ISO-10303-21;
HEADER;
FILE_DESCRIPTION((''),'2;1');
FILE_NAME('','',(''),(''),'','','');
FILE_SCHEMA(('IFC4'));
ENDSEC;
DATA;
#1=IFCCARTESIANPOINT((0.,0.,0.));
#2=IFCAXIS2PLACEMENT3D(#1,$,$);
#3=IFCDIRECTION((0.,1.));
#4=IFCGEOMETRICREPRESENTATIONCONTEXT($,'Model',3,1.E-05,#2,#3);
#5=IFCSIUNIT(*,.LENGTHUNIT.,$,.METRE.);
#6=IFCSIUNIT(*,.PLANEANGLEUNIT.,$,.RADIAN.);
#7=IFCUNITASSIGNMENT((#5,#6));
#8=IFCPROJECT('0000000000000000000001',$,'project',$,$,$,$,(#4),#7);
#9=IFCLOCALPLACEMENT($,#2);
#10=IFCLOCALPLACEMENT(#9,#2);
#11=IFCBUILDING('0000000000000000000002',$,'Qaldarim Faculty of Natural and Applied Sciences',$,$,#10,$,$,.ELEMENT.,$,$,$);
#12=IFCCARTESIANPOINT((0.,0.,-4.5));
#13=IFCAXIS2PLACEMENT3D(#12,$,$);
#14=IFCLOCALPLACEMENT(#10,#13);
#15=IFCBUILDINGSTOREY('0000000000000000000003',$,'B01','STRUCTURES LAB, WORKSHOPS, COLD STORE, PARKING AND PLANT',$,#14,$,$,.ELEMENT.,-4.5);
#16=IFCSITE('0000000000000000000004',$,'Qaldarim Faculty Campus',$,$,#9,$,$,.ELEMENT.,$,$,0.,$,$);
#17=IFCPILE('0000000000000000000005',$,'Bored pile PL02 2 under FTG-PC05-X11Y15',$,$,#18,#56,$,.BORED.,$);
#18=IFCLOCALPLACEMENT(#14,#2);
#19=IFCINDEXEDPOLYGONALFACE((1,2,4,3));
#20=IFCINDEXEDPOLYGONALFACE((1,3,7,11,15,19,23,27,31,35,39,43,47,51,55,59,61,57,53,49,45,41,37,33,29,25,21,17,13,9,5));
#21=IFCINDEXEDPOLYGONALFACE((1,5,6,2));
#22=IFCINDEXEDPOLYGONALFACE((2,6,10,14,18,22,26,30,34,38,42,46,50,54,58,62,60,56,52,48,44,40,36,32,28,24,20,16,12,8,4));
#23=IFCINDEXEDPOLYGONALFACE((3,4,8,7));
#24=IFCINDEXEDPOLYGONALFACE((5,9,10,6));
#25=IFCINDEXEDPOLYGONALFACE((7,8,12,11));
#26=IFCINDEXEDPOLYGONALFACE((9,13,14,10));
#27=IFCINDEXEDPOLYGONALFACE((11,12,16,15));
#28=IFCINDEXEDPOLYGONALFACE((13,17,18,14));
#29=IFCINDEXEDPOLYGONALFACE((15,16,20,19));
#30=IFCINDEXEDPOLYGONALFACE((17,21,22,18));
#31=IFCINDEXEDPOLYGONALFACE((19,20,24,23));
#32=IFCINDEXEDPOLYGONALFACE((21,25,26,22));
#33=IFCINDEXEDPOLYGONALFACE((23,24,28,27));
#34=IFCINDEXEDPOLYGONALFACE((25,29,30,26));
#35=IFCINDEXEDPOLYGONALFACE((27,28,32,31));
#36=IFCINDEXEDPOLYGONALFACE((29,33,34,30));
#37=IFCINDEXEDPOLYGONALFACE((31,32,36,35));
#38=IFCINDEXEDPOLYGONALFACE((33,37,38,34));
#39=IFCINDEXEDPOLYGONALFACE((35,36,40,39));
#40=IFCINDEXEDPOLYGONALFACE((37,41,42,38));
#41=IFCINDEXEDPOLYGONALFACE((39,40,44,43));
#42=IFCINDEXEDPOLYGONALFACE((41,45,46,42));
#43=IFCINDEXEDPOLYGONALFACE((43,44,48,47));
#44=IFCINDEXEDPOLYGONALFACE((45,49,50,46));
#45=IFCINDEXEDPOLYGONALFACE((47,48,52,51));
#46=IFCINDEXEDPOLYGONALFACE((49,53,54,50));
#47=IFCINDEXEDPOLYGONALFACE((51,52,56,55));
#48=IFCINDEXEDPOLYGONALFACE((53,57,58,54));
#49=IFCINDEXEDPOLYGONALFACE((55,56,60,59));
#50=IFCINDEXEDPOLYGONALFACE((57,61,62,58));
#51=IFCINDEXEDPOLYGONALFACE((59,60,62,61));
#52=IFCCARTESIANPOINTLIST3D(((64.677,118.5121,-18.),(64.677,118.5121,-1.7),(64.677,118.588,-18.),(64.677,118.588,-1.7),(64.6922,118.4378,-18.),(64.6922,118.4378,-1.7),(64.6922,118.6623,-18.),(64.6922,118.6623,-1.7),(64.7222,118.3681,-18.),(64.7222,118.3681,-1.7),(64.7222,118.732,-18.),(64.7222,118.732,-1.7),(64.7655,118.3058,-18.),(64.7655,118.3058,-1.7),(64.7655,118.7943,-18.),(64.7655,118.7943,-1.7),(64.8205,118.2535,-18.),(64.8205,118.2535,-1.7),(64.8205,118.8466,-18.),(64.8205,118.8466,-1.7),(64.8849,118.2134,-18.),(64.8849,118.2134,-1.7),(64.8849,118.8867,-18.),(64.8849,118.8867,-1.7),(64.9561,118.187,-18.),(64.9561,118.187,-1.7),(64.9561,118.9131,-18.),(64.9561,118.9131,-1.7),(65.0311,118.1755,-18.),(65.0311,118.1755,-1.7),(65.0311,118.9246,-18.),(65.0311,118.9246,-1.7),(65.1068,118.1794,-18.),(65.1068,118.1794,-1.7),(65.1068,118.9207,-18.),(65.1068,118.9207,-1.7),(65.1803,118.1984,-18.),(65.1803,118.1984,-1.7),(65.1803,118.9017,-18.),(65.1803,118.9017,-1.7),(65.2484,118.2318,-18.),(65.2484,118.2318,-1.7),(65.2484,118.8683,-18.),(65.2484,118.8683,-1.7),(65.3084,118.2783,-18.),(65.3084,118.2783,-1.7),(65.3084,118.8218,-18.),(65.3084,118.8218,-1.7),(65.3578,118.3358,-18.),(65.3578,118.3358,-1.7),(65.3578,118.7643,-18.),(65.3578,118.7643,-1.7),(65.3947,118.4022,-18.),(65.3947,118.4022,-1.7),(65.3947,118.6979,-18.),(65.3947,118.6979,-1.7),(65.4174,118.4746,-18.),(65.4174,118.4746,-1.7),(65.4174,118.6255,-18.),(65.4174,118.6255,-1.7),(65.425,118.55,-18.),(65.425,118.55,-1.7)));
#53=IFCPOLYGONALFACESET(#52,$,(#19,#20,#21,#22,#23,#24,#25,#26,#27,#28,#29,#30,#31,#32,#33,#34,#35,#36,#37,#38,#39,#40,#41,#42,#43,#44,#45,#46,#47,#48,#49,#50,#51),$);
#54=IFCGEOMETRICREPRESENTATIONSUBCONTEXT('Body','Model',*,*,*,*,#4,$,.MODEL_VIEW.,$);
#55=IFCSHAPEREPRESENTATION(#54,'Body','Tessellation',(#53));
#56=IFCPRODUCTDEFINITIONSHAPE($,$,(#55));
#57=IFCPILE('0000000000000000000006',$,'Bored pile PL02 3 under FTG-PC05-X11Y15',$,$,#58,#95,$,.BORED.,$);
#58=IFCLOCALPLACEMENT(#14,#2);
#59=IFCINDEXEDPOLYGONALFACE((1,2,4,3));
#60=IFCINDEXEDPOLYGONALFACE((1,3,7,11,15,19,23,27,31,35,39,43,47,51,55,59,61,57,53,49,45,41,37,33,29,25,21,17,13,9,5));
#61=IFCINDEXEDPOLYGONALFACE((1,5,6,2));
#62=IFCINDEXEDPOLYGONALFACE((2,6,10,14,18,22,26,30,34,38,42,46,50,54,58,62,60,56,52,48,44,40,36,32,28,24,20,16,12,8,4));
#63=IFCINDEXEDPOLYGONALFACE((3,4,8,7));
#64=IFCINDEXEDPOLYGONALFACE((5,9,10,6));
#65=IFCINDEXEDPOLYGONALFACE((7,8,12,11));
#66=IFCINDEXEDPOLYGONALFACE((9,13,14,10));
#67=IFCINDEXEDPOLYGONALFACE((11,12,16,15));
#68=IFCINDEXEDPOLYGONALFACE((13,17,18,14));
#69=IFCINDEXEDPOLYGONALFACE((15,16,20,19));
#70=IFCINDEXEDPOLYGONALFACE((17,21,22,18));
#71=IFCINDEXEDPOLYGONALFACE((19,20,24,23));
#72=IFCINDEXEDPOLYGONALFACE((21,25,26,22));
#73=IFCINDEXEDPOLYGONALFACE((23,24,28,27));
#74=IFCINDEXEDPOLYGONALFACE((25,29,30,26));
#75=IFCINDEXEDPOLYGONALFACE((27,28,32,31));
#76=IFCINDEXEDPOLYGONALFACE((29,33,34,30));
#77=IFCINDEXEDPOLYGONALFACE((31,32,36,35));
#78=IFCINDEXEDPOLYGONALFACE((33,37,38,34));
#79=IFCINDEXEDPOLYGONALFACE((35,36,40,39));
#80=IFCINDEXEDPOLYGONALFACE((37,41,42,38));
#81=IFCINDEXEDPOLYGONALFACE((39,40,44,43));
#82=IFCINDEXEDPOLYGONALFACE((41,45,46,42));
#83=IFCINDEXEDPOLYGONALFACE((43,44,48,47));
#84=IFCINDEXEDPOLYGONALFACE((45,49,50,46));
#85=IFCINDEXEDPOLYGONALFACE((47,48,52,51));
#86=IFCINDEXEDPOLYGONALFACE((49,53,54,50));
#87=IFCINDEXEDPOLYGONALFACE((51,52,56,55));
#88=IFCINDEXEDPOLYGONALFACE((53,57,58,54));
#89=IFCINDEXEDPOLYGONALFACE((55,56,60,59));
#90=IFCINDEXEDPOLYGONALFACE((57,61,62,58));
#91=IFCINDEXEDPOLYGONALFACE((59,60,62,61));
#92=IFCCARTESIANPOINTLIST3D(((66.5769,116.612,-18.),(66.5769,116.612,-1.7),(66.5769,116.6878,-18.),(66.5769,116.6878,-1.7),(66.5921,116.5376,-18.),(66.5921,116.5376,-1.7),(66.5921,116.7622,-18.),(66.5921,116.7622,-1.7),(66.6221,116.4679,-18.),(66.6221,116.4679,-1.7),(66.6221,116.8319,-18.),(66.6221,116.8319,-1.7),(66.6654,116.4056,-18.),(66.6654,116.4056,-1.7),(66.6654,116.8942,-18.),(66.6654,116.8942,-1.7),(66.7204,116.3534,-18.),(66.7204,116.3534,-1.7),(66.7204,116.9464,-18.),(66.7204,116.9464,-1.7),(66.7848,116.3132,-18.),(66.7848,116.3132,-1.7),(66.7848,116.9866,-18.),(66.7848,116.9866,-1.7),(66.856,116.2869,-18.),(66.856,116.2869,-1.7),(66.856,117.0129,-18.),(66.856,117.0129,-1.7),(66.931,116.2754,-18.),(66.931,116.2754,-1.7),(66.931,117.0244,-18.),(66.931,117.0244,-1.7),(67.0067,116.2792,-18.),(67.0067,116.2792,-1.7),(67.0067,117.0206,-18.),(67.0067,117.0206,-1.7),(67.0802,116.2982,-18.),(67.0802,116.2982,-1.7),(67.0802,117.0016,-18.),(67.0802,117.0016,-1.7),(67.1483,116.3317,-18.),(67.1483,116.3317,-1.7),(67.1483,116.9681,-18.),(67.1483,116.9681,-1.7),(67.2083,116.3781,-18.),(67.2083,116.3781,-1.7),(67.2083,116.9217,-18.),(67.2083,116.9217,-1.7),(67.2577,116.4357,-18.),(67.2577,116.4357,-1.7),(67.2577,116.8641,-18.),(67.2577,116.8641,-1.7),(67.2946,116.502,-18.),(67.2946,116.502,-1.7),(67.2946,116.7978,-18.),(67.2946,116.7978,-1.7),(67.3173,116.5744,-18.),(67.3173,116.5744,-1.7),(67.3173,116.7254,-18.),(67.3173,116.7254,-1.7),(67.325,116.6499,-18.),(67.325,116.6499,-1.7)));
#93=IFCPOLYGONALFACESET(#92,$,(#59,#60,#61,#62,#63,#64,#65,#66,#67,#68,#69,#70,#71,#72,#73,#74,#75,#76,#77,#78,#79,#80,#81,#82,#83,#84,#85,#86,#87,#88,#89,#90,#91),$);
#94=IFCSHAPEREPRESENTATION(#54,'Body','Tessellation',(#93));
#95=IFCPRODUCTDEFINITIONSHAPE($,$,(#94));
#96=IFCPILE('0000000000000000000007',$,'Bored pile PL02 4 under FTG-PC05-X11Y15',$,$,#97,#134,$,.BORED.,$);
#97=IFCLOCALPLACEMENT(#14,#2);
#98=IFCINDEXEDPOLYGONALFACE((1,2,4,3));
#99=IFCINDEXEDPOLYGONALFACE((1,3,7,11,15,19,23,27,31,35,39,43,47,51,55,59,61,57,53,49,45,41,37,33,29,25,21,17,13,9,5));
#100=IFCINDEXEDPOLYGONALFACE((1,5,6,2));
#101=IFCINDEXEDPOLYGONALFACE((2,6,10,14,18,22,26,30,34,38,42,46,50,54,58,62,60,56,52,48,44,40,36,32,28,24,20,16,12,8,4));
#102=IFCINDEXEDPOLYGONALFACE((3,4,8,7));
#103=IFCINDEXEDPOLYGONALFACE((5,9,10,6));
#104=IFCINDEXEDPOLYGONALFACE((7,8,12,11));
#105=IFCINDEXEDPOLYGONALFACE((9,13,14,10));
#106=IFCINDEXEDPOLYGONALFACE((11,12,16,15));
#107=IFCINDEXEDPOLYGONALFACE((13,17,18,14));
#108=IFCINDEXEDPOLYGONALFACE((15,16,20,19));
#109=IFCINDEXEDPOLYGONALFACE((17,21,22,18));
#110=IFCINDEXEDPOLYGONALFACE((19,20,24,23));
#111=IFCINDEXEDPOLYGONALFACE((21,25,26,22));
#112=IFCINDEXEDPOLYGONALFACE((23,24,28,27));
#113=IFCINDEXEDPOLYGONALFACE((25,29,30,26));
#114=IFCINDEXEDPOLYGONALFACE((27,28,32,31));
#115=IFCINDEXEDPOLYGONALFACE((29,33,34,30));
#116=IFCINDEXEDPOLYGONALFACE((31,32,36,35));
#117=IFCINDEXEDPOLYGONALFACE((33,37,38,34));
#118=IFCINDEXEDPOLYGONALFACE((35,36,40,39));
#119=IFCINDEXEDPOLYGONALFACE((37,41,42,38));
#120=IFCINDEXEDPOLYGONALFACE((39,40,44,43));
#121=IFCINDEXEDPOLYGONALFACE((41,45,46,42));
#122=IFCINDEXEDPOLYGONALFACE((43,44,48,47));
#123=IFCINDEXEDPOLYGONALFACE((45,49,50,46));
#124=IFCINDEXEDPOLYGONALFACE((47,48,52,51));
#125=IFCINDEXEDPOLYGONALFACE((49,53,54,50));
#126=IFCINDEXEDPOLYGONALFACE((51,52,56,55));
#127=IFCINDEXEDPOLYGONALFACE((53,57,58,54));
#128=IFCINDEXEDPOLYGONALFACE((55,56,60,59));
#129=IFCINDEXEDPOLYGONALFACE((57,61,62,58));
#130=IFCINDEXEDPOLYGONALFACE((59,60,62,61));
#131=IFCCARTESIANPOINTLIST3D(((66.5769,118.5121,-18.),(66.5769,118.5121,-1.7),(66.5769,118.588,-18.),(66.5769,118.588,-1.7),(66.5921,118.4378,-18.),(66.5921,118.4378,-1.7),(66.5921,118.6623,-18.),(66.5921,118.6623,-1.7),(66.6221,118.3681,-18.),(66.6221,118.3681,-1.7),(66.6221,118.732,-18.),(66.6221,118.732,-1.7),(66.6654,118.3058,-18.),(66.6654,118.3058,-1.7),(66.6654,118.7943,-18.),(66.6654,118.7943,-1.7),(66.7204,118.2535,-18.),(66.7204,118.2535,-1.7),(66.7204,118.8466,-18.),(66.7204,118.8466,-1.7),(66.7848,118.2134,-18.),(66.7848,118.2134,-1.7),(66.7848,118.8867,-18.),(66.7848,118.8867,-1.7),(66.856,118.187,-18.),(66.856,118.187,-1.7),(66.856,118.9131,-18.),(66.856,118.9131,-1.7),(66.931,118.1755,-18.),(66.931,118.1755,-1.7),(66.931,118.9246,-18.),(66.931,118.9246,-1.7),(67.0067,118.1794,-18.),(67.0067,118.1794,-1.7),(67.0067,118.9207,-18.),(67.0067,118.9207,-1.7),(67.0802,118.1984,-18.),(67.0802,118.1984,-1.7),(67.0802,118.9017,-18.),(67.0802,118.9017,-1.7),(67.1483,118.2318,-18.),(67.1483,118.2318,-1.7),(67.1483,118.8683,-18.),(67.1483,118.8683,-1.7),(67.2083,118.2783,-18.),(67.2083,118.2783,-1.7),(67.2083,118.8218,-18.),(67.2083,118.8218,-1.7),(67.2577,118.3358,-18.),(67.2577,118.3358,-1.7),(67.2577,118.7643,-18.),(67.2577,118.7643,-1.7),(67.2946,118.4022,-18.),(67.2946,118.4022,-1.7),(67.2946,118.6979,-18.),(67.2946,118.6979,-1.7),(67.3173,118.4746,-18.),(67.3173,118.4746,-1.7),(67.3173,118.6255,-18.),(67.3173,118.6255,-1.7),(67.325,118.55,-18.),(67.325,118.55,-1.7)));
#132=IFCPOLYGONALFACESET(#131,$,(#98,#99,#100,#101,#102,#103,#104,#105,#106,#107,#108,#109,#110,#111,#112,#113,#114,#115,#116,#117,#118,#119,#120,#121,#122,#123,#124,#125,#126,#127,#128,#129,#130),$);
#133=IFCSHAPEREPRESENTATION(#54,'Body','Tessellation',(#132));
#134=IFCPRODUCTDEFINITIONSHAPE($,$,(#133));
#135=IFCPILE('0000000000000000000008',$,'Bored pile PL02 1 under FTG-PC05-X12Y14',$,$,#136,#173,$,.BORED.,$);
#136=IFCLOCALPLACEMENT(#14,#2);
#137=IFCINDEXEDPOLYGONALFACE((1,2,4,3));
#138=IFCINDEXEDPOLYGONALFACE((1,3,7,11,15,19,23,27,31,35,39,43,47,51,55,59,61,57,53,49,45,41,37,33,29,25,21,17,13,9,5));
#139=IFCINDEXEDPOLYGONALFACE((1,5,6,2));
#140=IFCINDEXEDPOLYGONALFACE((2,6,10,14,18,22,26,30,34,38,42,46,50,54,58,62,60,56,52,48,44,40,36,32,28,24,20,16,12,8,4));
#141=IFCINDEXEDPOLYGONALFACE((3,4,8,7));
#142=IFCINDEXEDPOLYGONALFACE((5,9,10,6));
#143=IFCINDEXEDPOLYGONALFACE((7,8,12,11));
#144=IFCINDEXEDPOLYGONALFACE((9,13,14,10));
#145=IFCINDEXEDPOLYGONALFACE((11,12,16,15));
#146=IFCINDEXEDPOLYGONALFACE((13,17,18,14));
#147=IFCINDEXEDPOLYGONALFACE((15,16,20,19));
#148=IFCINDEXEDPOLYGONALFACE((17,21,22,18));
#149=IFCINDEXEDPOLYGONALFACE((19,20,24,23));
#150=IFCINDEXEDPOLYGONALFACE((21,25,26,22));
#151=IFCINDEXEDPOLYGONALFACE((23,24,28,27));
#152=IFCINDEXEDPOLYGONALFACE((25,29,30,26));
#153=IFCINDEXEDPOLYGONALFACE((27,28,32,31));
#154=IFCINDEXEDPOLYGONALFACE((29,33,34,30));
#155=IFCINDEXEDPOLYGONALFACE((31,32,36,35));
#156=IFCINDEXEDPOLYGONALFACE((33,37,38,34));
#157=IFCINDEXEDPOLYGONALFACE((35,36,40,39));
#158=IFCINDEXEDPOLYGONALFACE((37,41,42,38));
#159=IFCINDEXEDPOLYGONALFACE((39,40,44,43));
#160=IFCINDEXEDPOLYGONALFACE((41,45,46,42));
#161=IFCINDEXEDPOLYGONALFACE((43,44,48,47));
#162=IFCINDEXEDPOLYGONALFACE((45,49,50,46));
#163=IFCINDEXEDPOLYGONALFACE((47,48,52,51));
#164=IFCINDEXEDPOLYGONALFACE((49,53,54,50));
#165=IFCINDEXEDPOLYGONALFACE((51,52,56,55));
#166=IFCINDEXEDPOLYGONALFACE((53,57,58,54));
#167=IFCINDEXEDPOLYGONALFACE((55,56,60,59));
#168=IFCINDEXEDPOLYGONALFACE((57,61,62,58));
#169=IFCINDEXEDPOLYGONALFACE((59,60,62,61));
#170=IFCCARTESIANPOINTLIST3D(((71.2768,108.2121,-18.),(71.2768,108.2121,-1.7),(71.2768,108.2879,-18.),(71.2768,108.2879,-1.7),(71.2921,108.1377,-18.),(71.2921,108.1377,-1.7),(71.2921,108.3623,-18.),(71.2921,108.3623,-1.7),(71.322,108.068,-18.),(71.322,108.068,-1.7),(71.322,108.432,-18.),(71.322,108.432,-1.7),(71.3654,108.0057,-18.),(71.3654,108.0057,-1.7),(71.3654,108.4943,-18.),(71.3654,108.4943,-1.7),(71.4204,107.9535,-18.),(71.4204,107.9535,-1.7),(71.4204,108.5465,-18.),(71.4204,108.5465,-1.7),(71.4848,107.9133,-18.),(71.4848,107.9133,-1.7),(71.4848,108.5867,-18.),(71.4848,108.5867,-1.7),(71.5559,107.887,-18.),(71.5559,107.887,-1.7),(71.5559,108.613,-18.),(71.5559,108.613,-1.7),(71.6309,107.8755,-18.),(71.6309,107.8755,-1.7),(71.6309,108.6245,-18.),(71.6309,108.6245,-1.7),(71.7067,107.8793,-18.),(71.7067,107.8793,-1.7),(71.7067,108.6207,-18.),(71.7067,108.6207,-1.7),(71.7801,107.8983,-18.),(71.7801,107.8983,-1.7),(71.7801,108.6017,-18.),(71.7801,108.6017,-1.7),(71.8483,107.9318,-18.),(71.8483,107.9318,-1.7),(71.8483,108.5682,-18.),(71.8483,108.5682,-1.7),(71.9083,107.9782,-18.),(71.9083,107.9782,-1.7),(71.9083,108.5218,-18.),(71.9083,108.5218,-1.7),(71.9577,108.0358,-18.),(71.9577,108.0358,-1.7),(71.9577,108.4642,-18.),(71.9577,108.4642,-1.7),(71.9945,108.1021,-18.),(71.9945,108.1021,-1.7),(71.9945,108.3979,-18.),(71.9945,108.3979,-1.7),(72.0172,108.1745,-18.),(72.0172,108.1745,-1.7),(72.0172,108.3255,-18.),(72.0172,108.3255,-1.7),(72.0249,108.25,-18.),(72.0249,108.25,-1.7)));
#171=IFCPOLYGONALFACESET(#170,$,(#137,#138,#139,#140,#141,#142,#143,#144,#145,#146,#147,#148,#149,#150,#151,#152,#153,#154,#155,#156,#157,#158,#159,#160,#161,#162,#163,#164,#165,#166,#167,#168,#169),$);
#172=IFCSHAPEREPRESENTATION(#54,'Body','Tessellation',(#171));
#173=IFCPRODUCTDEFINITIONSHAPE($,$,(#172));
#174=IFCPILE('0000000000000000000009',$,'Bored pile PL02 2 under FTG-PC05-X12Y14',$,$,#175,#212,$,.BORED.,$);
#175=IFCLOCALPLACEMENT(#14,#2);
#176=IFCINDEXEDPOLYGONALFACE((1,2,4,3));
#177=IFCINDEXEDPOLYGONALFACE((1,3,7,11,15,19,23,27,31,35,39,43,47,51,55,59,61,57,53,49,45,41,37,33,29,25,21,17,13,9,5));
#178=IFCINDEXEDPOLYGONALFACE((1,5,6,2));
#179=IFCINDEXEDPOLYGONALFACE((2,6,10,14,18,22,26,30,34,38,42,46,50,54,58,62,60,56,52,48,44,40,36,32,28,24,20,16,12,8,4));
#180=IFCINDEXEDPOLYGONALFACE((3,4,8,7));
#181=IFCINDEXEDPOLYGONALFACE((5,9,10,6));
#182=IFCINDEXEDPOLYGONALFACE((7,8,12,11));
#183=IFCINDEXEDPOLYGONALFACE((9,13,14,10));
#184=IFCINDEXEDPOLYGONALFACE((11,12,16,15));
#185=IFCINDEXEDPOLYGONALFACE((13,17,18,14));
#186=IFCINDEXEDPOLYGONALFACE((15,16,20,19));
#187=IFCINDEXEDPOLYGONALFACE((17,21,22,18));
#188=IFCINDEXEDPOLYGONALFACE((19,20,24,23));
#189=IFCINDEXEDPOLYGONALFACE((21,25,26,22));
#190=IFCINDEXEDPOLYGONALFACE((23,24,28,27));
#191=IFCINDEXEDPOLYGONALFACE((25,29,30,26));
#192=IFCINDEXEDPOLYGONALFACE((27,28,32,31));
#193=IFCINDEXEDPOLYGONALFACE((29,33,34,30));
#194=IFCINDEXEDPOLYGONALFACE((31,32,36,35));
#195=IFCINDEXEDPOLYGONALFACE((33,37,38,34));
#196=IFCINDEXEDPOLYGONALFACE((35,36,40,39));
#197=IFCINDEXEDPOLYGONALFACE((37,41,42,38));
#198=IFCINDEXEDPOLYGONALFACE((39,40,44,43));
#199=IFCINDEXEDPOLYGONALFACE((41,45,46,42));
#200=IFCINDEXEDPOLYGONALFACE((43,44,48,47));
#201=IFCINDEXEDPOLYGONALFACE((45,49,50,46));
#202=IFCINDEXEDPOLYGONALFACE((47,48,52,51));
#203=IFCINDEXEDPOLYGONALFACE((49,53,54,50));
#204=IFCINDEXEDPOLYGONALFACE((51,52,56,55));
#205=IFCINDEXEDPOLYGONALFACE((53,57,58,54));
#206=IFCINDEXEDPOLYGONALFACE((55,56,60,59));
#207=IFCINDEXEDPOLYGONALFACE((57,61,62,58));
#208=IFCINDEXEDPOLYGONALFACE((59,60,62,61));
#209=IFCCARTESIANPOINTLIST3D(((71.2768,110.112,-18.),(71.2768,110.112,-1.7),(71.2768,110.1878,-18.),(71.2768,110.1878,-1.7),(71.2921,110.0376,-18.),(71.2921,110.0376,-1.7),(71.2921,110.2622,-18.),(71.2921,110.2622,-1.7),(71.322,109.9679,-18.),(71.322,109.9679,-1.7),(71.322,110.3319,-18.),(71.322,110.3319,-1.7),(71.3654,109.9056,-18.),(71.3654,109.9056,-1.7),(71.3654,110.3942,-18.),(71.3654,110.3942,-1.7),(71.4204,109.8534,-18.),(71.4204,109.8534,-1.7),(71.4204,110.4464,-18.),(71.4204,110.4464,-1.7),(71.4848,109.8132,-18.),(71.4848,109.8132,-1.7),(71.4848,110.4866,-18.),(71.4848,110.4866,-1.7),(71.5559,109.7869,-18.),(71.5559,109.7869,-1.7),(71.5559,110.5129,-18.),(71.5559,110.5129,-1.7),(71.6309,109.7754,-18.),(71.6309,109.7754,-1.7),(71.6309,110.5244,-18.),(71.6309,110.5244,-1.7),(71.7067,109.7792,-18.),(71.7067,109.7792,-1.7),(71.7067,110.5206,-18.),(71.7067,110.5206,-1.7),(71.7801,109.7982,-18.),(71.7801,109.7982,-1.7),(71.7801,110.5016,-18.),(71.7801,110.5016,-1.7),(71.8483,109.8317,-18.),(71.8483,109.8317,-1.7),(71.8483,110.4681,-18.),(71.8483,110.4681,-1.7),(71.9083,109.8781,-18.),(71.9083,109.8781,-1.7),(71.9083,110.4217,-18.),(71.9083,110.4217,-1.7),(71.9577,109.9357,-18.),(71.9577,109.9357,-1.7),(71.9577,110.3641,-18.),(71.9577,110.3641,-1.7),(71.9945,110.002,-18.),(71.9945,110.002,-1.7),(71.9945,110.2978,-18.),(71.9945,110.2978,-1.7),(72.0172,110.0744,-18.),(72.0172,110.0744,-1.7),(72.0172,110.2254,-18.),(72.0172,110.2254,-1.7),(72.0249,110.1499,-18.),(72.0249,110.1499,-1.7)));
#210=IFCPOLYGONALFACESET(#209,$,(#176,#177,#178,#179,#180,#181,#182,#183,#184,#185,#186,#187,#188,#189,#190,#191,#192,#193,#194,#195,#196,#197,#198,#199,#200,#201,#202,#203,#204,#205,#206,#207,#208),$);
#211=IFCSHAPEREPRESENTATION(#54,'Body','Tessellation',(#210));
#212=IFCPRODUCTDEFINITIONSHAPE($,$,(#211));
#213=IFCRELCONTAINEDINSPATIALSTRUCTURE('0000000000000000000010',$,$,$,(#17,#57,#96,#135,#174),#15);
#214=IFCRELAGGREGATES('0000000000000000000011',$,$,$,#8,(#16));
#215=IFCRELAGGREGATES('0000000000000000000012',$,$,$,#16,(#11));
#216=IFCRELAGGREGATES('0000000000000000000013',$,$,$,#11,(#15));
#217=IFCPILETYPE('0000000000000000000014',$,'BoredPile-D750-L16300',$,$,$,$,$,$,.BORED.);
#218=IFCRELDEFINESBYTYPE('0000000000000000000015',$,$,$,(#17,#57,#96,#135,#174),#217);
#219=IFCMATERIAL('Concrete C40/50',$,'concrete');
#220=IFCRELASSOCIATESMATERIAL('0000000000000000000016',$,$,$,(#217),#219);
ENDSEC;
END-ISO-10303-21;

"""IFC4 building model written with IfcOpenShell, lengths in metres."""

from ifc_helpers import new_model, si_unit, direction, frame, origin, origin_2d, place, context, subcontext, project, spatial, circle, extrude, material, material_profile, profile_set, type_object, element, save


model = new_model("IFC4")

# Units and contexts
model_context = context("Model", 3, precision=1e-05, world=origin(), true_north=direction((0.0, 1.0)))
body_context = subcontext(model_context, "Body", "Model", "MODEL_VIEW")
ifc_project = project(units=[si_unit("LENGTHUNIT", "METRE"), si_unit("PLANEANGLEUNIT", "RADIAN")], contexts=[model_context])

# Site, building, storey
site_placement = place(None, origin())
site = spatial("IfcSite", under=ifc_project, at=site_placement, Name="Qaldarim Faculty Campus", CompositionType="ELEMENT", RefElevation=0.0)
building_placement = place(site_placement, origin())
building = spatial("IfcBuilding", under=site, at=building_placement, Name="Qaldarim Faculty of Natural and Applied Sciences", CompositionType="ELEMENT")
storey_placement = place(building_placement, frame((0.0, 0.0, -4.5)))
storey = spatial("IfcBuildingStorey", under=building, at=storey_placement, Name="B01", Description="STRUCTURES LAB, WORKSHOPS, COLD STORE, PARKING AND PLANT", CompositionType="ELEMENT", Elevation=-4.5)

# Piles
ifc_material_1 = material(Name="Concrete C40/50", Category="concrete")
ifc_material_profile_1 = material_profile(ifc_material_1, circle(Radius=0.375, at=origin_2d()), Name="PILE-D750")
ifc_profile_set_1 = profile_set([ifc_material_profile_1], Name="Concrete C40/50")
pile_type_1 = type_object("IfcPileType", Name="BoredPile-D750-L16300", PredefinedType="BORED", material=ifc_profile_set_1)
for number, where, z_axis, x_axis, name in (
    (1, (65.05, 118.55, -1.7), (0.0, 0.0, -1.0), (1.0, 0.0, 0.0), "Bored pile PL02 2 under FTG-PC05-X11Y15"),
    (2, (66.95, 116.6499, -1.7), (0.0, 0.0, -1.0), (1.0, 0.0, 0.0), "Bored pile PL02 3 under FTG-PC05-X11Y15"),
    (3, (66.95, 118.55, -1.7), (0.0, 0.0, -1.0), (1.0, 0.0, 0.0), "Bored pile PL02 4 under FTG-PC05-X11Y15"),
    (4, (71.6499, 108.25, -1.7), (0.0, 0.0, -1.0), (1.0, 0.0, 0.0), "Bored pile PL02 1 under FTG-PC05-X12Y14"),
    (5, (71.6499, 110.1499, -1.7), (0.0, 0.0, -1.0), (1.0, 0.0, 0.0), "Bored pile PL02 2 under FTG-PC05-X12Y14"),
):
    element("IfcPile", number, at=place(storey_placement, frame(where, z_axis=z_axis, x_axis=x_axis)), inside=storey, type_object=pile_type_1, Name=name, PredefinedType="BORED", context=body_context, shape_type="SweptSolid", body=[
        extrude(circle(Radius=0.375, at=origin_2d()), origin(), (0.0, 0.0, 1.0), 16.3),
    ])

save(model, "model.ifc")
